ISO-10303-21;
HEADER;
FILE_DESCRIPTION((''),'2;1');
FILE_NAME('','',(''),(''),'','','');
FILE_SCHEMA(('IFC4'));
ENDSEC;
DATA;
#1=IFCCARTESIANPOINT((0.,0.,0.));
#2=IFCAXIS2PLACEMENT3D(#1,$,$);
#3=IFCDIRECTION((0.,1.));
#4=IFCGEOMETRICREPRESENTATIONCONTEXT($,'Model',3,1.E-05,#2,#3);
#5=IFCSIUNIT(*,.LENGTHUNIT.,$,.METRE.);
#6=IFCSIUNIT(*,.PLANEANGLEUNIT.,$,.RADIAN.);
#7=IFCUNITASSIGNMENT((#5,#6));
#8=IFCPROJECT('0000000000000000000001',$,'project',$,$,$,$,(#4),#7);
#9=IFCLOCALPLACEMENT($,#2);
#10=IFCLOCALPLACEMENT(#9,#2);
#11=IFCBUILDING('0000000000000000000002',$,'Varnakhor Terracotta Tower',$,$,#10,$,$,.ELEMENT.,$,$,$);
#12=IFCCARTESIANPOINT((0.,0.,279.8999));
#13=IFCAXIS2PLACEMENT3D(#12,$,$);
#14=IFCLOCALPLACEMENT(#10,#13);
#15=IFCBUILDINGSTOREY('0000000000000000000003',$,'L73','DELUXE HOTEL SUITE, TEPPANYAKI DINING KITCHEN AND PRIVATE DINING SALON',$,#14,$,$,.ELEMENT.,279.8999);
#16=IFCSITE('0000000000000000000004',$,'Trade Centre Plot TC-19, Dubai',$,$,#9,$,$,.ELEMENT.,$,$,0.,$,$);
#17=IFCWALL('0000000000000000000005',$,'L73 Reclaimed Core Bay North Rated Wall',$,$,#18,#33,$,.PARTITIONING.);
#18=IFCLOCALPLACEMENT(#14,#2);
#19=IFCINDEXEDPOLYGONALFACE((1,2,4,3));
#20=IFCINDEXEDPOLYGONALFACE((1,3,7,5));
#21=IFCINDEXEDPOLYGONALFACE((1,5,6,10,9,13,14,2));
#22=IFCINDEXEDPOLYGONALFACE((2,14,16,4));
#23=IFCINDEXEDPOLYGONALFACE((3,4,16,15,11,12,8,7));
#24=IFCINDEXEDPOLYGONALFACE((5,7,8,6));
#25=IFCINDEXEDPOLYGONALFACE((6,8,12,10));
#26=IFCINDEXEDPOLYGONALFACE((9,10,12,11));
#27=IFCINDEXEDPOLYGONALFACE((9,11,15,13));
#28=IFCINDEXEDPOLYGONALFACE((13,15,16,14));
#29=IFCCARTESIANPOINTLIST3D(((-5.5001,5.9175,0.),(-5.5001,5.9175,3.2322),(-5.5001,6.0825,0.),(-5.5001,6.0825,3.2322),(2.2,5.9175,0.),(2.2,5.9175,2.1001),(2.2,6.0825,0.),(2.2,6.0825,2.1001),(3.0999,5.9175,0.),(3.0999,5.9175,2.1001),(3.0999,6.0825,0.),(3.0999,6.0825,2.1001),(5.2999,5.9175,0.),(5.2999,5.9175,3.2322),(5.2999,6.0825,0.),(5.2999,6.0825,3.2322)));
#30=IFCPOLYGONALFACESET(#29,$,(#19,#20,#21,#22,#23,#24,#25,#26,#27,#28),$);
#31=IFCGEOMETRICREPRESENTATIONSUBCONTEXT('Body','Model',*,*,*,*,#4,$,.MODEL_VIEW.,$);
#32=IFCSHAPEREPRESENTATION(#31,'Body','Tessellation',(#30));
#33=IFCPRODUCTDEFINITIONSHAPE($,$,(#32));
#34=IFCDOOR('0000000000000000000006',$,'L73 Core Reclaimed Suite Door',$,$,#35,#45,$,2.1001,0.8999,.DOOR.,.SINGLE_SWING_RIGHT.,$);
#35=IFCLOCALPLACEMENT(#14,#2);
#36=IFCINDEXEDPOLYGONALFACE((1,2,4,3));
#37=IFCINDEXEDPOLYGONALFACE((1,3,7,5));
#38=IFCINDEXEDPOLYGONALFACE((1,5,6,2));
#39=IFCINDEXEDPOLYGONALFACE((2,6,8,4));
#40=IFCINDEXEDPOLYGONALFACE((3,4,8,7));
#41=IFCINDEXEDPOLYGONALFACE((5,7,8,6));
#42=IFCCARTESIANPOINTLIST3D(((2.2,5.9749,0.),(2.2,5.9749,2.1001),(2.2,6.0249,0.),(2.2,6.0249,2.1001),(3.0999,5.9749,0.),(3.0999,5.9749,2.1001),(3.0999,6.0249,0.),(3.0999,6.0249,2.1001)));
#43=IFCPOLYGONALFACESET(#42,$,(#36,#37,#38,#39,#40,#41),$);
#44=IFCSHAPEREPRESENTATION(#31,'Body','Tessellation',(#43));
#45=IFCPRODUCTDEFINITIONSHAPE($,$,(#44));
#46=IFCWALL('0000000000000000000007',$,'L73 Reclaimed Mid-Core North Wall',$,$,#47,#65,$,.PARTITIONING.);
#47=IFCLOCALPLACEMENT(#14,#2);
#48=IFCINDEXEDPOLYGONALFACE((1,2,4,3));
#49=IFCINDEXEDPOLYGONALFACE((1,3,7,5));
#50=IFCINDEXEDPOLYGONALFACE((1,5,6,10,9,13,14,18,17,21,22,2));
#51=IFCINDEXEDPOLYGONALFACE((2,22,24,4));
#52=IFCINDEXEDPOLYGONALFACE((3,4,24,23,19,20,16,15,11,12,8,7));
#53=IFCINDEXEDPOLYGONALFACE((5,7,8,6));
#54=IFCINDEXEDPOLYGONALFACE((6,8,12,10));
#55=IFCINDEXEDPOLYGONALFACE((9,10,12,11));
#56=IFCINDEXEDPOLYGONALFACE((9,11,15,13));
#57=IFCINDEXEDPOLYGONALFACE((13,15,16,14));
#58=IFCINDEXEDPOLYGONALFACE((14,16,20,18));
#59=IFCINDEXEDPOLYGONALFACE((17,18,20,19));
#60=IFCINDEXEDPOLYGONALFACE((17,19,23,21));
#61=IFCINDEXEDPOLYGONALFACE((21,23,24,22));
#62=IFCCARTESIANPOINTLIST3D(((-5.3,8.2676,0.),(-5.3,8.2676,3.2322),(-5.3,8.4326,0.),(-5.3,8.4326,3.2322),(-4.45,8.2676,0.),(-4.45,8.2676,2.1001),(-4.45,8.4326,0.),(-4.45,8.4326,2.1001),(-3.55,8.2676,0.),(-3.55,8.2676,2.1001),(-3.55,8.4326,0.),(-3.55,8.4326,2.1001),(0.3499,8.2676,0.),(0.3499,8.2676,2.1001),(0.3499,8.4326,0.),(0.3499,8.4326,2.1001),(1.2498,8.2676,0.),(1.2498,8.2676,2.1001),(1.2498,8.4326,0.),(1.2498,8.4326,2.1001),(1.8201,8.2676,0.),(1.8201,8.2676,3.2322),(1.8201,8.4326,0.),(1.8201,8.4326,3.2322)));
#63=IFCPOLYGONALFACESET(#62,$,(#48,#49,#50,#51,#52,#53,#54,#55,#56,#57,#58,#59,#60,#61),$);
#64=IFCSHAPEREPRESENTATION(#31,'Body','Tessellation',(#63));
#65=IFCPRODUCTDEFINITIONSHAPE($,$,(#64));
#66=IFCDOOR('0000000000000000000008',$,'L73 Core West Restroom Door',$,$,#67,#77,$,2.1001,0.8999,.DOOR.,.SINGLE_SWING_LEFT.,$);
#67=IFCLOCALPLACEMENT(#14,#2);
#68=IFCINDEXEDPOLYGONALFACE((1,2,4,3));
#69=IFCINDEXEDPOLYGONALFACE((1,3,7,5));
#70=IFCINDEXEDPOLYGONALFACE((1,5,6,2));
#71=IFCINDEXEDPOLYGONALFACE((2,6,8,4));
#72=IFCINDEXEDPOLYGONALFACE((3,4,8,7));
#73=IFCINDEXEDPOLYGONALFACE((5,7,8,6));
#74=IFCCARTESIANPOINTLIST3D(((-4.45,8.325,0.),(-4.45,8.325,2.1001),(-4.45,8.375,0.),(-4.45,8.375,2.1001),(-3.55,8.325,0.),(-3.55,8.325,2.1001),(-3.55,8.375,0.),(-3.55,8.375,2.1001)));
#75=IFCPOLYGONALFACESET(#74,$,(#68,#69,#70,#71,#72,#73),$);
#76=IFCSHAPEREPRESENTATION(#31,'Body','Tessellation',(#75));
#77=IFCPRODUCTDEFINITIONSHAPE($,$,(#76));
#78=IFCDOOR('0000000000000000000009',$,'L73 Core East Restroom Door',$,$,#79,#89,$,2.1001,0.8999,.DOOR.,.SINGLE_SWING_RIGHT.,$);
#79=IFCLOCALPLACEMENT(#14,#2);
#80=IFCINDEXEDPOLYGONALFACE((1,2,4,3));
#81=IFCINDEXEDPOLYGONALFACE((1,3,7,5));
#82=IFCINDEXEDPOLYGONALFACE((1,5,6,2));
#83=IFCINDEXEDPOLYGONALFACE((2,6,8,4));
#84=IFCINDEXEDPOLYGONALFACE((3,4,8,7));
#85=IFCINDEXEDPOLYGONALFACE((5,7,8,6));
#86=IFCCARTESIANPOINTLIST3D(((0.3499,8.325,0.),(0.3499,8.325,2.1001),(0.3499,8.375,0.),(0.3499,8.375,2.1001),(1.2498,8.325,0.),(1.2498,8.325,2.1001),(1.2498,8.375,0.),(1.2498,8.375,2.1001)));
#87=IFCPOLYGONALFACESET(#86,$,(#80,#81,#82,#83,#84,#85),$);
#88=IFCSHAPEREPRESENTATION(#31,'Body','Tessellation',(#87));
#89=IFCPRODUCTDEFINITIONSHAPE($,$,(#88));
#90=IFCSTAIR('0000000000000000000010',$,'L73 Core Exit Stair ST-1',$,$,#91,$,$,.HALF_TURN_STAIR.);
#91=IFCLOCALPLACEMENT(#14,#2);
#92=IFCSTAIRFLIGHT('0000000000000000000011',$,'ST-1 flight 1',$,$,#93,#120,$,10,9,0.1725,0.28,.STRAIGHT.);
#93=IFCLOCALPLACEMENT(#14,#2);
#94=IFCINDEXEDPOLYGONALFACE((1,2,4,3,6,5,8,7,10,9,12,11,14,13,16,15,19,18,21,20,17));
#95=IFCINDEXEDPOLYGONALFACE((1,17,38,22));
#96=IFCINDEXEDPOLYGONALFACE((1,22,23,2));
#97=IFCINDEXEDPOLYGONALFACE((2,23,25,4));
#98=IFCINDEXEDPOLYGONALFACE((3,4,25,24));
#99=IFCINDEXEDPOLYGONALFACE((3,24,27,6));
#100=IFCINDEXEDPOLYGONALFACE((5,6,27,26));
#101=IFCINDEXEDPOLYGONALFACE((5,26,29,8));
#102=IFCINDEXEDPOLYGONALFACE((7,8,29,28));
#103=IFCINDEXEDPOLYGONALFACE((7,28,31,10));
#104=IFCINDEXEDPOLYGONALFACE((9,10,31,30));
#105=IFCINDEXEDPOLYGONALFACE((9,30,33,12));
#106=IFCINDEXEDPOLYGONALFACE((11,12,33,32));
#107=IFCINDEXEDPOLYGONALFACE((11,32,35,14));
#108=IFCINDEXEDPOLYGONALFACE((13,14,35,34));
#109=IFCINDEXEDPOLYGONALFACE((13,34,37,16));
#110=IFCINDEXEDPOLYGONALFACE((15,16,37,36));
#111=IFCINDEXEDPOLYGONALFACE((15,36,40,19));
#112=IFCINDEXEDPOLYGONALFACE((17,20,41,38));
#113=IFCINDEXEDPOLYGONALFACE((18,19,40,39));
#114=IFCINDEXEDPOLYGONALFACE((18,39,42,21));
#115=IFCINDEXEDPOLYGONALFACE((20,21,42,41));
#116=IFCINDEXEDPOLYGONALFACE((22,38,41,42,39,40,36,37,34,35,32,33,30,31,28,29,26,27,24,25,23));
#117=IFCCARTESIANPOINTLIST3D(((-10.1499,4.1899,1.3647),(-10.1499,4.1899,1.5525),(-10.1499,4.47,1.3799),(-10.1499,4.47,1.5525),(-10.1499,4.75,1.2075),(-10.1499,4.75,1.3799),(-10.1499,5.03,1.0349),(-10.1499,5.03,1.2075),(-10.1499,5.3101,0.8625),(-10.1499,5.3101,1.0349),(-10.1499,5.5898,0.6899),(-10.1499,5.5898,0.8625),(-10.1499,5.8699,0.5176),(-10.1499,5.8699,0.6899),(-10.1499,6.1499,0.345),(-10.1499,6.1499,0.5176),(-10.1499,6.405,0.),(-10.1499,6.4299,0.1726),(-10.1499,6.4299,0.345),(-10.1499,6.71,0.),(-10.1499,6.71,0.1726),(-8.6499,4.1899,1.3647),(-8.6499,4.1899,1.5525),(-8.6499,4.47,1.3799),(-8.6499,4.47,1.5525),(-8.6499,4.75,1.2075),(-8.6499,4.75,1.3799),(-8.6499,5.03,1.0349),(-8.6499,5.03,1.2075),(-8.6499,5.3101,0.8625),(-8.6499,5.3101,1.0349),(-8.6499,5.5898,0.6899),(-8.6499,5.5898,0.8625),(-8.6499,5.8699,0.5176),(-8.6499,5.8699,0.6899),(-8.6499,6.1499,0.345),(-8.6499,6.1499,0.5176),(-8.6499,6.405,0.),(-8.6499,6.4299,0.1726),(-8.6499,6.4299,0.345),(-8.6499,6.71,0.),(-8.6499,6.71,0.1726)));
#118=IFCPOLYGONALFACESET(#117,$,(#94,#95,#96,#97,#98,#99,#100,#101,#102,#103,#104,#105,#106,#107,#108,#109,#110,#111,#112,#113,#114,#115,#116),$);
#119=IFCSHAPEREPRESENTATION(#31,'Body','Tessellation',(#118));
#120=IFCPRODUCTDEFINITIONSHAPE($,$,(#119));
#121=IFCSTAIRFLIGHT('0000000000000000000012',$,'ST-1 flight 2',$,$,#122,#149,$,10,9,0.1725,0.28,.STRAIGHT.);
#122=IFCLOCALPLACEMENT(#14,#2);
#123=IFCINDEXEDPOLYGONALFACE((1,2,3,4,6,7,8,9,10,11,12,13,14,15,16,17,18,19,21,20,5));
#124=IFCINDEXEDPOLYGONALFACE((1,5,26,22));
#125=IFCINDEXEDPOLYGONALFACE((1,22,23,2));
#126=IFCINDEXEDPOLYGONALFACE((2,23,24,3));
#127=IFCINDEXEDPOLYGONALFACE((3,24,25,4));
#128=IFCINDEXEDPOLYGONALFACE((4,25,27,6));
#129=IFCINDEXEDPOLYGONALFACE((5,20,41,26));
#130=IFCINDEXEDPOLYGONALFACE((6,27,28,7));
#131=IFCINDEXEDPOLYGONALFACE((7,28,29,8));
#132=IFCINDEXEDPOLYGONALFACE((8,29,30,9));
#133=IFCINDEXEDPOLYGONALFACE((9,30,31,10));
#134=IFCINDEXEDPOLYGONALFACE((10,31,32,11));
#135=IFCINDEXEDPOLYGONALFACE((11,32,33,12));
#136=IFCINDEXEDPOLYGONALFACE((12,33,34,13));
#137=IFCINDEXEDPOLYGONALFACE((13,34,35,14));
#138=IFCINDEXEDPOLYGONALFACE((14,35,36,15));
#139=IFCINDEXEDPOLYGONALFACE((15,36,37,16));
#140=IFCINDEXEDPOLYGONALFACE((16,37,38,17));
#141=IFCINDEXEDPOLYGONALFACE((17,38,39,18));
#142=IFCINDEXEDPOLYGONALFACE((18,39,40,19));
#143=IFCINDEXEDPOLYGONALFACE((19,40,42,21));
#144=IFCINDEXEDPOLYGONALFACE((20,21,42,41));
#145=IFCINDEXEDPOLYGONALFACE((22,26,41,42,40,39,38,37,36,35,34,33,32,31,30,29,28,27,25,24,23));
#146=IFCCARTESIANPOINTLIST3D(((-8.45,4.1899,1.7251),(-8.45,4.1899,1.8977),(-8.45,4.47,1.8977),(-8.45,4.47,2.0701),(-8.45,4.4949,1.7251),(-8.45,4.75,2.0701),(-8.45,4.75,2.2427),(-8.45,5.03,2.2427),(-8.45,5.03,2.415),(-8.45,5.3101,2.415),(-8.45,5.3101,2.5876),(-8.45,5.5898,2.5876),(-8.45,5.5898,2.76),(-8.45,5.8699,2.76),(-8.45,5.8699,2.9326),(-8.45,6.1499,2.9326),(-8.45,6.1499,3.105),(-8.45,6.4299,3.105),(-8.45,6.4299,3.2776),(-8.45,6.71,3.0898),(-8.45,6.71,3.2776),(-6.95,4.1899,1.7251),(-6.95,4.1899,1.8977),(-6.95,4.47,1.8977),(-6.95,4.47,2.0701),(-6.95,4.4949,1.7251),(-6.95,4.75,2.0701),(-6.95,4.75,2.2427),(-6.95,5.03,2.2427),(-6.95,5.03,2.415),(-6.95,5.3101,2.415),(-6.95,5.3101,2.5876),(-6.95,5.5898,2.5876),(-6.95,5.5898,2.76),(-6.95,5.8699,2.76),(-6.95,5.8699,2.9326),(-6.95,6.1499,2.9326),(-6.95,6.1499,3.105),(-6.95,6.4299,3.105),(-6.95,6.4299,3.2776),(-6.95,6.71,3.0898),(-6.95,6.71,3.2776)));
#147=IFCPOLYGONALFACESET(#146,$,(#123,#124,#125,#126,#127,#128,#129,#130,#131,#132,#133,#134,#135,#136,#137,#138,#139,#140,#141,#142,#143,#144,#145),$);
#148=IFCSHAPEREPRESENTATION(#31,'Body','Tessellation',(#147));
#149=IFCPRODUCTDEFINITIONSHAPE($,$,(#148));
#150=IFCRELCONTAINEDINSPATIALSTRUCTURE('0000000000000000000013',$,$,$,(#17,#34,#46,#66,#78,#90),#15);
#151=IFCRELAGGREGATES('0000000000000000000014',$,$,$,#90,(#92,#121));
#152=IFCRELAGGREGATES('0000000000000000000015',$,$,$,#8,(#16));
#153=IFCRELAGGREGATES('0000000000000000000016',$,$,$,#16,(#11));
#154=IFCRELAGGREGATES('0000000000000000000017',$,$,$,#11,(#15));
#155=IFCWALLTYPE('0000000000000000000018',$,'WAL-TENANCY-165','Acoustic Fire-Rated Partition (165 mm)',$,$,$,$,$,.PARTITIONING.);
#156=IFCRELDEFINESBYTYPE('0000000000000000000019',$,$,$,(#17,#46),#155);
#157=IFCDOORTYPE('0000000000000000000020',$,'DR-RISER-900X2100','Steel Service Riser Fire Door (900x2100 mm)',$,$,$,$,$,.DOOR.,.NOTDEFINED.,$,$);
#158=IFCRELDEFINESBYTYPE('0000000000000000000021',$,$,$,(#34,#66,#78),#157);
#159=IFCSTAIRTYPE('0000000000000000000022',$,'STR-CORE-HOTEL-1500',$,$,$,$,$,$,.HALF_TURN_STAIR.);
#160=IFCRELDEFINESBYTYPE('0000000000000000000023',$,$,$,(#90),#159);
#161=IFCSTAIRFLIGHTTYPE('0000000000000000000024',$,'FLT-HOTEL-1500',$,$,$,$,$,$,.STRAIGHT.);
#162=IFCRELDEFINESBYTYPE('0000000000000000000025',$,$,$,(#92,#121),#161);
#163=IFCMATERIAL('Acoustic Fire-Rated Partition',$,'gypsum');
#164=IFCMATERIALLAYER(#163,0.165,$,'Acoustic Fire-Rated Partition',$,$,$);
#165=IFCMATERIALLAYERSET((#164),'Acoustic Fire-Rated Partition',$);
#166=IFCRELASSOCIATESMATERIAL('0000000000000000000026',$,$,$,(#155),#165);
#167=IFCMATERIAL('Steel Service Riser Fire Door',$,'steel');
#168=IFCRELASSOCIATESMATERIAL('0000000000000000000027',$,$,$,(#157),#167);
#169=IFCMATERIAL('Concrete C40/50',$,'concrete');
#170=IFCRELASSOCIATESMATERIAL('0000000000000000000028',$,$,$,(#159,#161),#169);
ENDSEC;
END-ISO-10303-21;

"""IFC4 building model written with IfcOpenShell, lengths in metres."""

from ifc_helpers import new_model, si_unit, direction, frame, frame_2d, origin, place, context, subcontext, project, spatial, polyline, rectangle, outline, extrude, source, transform, mapped, material, layer, layer_set, type_object, type_shapes, element, fill, aggregate, save


model = new_model("IFC4")

# Units and contexts
model_context = context("Model", 3, precision=1e-05, world=origin(), true_north=direction((0.0, 1.0)))
body_context = subcontext(model_context, "Body", "Model", "MODEL_VIEW")
ifc_project = project(units=[si_unit("LENGTHUNIT", "METRE"), si_unit("PLANEANGLEUNIT", "RADIAN")], contexts=[model_context])

# Site, building, storey
site_placement = place(None, origin())
site = spatial("IfcSite", under=ifc_project, at=site_placement, Name="Trade Centre Plot TC-19, Dubai", CompositionType="ELEMENT", RefElevation=0.0)
building_placement = place(site_placement, origin())
building = spatial("IfcBuilding", under=site, at=building_placement, Name="Varnakhor Terracotta Tower", CompositionType="ELEMENT")
storey_placement = place(building_placement, frame((0.0, 0.0, 279.8999)))
storey = spatial("IfcBuildingStorey", under=building, at=storey_placement, Name="L73", Description="DELUXE HOTEL SUITE, TEPPANYAKI DINING KITCHEN AND PRIVATE DINING SALON", CompositionType="ELEMENT", Elevation=279.8999)

# Shared definitions
ifc_material_1 = material(Name="Concrete C40/50", Category="concrete")

# Wall, opening, door
ifc_material_2 = material(Name="Acoustic Fire-Rated Partition", Category="gypsum")
ifc_layer_1 = layer(ifc_material_2, 0.165, Name="Acoustic Fire-Rated Partition")
ifc_layer_set_1 = layer_set([ifc_layer_1], Name="Acoustic Fire-Rated Partition")
wall_type_1 = type_object("IfcWallType", Name="WAL-TENANCY-165", Description="Acoustic Fire-Rated Partition (165 mm)", PredefinedType="PARTITIONING", material=ifc_layer_set_1)
wall_1_placement = place(storey_placement, frame((-5.5, 6.0, 0.0), z_axis=(0.0, 0.0, 1.0), x_axis=(1.0, 0.0, 0.0)))
wall_1 = element("IfcWall", 1, at=wall_1_placement, inside=storey, type_object=wall_type_1, Name="L73 Reclaimed Core Bay North Rated Wall", PredefinedType="PARTITIONING", context=body_context, shape_type="SweptSolid", body=[
    extrude(rectangle(XDim=10.8, YDim=0.165, at=frame_2d((5.3999, 0.0))), origin(), (0.0, 0.0, 1.0), 3.2322),
])
opening_1_placement = place(wall_1_placement, frame((7.7, 0.0, 0.0)))
opening_1 = element("IfcOpeningElement", 2, at=opening_1_placement, cuts=wall_1, PredefinedType="OPENING", context=body_context, shape_type="SweptSolid", body=[
    extrude(rectangle(XDim=0.8999, YDim=2.1001, at=frame_2d((0.45, 1.05))), frame((0.0, 0.0925, 0.0), z_axis=(0.0, -1.0, 0.0), x_axis=(1.0, 0.0, 0.0)), (0.0, 0.0, 1.0), 0.1851),
])
ifc_material_3 = material(Name="Steel Service Riser Fire Door", Category="steel")
door_type_1 = type_object("IfcDoorType", Name="DR-RISER-900X2100", Description="Steel Service Riser Fire Door (900x2100 mm)", OperationType="NOTDEFINED", PredefinedType="DOOR", material=ifc_material_3)
shared_shape_1 = source(origin(), body_context, "Body", "SweptSolid", [
    extrude(rectangle(XDim=0.8999, YDim=2.1001, at=frame_2d((0.45, 1.05))), frame((0.0, 0.0249, 0.0), z_axis=(0.0, -1.0, 0.0), x_axis=(1.0, 0.0, 0.0)), (0.0, 0.0, 1.0), 0.05),
])
type_shapes(door_type_1, [shared_shape_1])
door_1_placement = place(opening_1_placement, origin())
door_1 = element("IfcDoor", 3, at=door_1_placement, inside=storey, type_object=door_type_1, Name="L73 Core Reclaimed Suite Door", OperationType="SINGLE_SWING_RIGHT", OverallHeight=2.1001, OverallWidth=0.8999, PredefinedType="DOOR", context=body_context, shape_type="MappedRepresentation", body=[
    mapped(shared_shape_1, transform((0.0, 0.0, 0.0), scale=1.0)),
])
fill(opening_1, door_1)

# Wall, openings, doors
wall_2_placement = place(storey_placement, frame((-5.3, 8.3501, 0.0), z_axis=(0.0, 0.0, 1.0), x_axis=(1.0, 0.0, 0.0)))
wall_2 = element("IfcWall", 4, at=wall_2_placement, inside=storey, type_object=wall_type_1, Name="L73 Reclaimed Mid-Core North Wall", PredefinedType="PARTITIONING", context=body_context, shape_type="SweptSolid", body=[
    extrude(rectangle(XDim=7.1201, YDim=0.165, at=frame_2d((3.5601, 0.0))), origin(), (0.0, 0.0, 1.0), 3.2322),
])
opening_2_placement = place(wall_2_placement, frame((0.8501, 0.0, 0.0)))
opening_2 = element("IfcOpeningElement", 5, at=opening_2_placement, cuts=wall_2, PredefinedType="OPENING", context=body_context, shape_type="SweptSolid", body=[
    extrude(rectangle(XDim=0.8999, YDim=2.1001, at=frame_2d((0.45, 1.05))), frame((0.0, 0.0925, 0.0), z_axis=(0.0, -1.0, 0.0), x_axis=(1.0, 0.0, 0.0)), (0.0, 0.0, 1.0), 0.1851),
])
opening_3_placement = place(wall_2_placement, frame((5.6499, 0.0, 0.0)))
opening_3 = element("IfcOpeningElement", 6, at=opening_3_placement, cuts=wall_2, PredefinedType="OPENING", context=body_context, shape_type="SweptSolid", body=[
    extrude(rectangle(XDim=0.8999, YDim=2.1001, at=frame_2d((0.45, 1.05))), frame((0.0, 0.0925, 0.0), z_axis=(0.0, -1.0, 0.0), x_axis=(1.0, 0.0, 0.0)), (0.0, 0.0, 1.0), 0.1851),
])
door_2_placement = place(opening_2_placement, origin())
door_2 = element("IfcDoor", 7, at=door_2_placement, inside=storey, type_object=door_type_1, Name="L73 Core West Restroom Door", OperationType="SINGLE_SWING_LEFT", OverallHeight=2.1001, OverallWidth=0.8999, PredefinedType="DOOR", context=body_context, shape_type="MappedRepresentation", body=[
    mapped(shared_shape_1, transform((0.0, 0.0, 0.0), scale=1.0)),
])
fill(opening_2, door_2)
door_3_placement = place(opening_3_placement, origin())
door_3 = element("IfcDoor", 8, at=door_3_placement, inside=storey, type_object=door_type_1, Name="L73 Core East Restroom Door", OperationType="SINGLE_SWING_RIGHT", OverallHeight=2.1001, OverallWidth=0.8999, PredefinedType="DOOR", context=body_context, shape_type="MappedRepresentation", body=[
    mapped(shared_shape_1, transform((0.0, 0.0, 0.0), scale=1.0)),
])
fill(opening_3, door_3)

# Stair, stair flights
stair_type = type_object("IfcStairType", Name="STR-CORE-HOTEL-1500", PredefinedType="HALF_TURN_STAIR", material=ifc_material_1)
stair_placement = place(storey_placement, origin())
stair = element("IfcStair", 9, at=stair_placement, inside=storey, type_object=stair_type, Name="L73 Core Exit Stair ST-1", PredefinedType="HALF_TURN_STAIR")
stair_flight_type = type_object("IfcStairFlightType", Name="FLT-HOTEL-1500", PredefinedType="STRAIGHT", material=ifc_material_1)
stair_flight_1_placement = place(storey_placement, frame((-9.3999, 6.71, 0.0), z_axis=(0.0, 0.0, 1.0), x_axis=(0.0, -1.0, 0.0)))
stair_flight_1 = element("IfcStairFlight", 10, at=stair_flight_1_placement, type_object=stair_flight_type, Name="ST-1 flight 1", NumberOfRisers=10, NumberOfTreads=9, PredefinedType="STRAIGHT", RiserHeight=0.1725, TreadLength=0.28, context=body_context, shape_type="SweptSolid", body=[
    extrude(outline(polyline([(0.0, 0.0), (0.0, 0.1726), (0.28, 0.1726), (0.28, 0.345), (0.5601, 0.345), (0.5601, 0.5176), (0.8401, 0.5176), (0.8401, 0.6899), (1.1201, 0.6899), (1.1201, 0.8625), (1.3999, 0.8625), (1.3999, 1.0349), (1.6799, 1.0349), (1.6799, 1.2075), (1.96, 1.2075), (1.96, 1.3799), (2.24, 1.3799), (2.24, 1.5525), (2.52, 1.5525), (2.52, 1.7251), (2.52, 1.3647), (0.3049, 0.0), (0.0, 0.0)])), frame((0.0, 0.75, 0.0), z_axis=(0.0, -1.0, 0.0), x_axis=(1.0, 0.0, 0.0)), (0.0, 0.0, 1.0), 1.5),
])
stair_flight_2_placement = place(storey_placement, frame((-7.7, 4.1899, 1.7251), z_axis=(0.0, 0.0, 1.0), x_axis=(0.0, 1.0, 0.0)))
stair_flight_2 = element("IfcStairFlight", 11, at=stair_flight_2_placement, type_object=stair_flight_type, Name="ST-1 flight 2", NumberOfRisers=10, NumberOfTreads=9, PredefinedType="STRAIGHT", RiserHeight=0.1725, TreadLength=0.28, context=body_context, shape_type="SweptSolid", body=[
    extrude(outline(polyline([(0.0, 0.0), (0.0, 0.1726), (0.28, 0.1726), (0.28, 0.345), (0.5601, 0.345), (0.5601, 0.5176), (0.8401, 0.5176), (0.8401, 0.6899), (1.1201, 0.6899), (1.1201, 0.8625), (1.3999, 0.8625), (1.3999, 1.0349), (1.6799, 1.0349), (1.6799, 1.2075), (1.96, 1.2075), (1.96, 1.3799), (2.24, 1.3799), (2.24, 1.5525), (2.52, 1.5525), (2.52, 1.7251), (2.52, 1.3647), (0.3049, 0.0), (0.0, 0.0)])), frame((0.0, 0.75, 0.0), z_axis=(0.0, -1.0, 0.0), x_axis=(1.0, 0.0, 0.0)), (0.0, 0.0, 1.0), 1.5),
])
aggregate(stair, [stair_flight_1, stair_flight_2])

save(model, "model.ifc")
